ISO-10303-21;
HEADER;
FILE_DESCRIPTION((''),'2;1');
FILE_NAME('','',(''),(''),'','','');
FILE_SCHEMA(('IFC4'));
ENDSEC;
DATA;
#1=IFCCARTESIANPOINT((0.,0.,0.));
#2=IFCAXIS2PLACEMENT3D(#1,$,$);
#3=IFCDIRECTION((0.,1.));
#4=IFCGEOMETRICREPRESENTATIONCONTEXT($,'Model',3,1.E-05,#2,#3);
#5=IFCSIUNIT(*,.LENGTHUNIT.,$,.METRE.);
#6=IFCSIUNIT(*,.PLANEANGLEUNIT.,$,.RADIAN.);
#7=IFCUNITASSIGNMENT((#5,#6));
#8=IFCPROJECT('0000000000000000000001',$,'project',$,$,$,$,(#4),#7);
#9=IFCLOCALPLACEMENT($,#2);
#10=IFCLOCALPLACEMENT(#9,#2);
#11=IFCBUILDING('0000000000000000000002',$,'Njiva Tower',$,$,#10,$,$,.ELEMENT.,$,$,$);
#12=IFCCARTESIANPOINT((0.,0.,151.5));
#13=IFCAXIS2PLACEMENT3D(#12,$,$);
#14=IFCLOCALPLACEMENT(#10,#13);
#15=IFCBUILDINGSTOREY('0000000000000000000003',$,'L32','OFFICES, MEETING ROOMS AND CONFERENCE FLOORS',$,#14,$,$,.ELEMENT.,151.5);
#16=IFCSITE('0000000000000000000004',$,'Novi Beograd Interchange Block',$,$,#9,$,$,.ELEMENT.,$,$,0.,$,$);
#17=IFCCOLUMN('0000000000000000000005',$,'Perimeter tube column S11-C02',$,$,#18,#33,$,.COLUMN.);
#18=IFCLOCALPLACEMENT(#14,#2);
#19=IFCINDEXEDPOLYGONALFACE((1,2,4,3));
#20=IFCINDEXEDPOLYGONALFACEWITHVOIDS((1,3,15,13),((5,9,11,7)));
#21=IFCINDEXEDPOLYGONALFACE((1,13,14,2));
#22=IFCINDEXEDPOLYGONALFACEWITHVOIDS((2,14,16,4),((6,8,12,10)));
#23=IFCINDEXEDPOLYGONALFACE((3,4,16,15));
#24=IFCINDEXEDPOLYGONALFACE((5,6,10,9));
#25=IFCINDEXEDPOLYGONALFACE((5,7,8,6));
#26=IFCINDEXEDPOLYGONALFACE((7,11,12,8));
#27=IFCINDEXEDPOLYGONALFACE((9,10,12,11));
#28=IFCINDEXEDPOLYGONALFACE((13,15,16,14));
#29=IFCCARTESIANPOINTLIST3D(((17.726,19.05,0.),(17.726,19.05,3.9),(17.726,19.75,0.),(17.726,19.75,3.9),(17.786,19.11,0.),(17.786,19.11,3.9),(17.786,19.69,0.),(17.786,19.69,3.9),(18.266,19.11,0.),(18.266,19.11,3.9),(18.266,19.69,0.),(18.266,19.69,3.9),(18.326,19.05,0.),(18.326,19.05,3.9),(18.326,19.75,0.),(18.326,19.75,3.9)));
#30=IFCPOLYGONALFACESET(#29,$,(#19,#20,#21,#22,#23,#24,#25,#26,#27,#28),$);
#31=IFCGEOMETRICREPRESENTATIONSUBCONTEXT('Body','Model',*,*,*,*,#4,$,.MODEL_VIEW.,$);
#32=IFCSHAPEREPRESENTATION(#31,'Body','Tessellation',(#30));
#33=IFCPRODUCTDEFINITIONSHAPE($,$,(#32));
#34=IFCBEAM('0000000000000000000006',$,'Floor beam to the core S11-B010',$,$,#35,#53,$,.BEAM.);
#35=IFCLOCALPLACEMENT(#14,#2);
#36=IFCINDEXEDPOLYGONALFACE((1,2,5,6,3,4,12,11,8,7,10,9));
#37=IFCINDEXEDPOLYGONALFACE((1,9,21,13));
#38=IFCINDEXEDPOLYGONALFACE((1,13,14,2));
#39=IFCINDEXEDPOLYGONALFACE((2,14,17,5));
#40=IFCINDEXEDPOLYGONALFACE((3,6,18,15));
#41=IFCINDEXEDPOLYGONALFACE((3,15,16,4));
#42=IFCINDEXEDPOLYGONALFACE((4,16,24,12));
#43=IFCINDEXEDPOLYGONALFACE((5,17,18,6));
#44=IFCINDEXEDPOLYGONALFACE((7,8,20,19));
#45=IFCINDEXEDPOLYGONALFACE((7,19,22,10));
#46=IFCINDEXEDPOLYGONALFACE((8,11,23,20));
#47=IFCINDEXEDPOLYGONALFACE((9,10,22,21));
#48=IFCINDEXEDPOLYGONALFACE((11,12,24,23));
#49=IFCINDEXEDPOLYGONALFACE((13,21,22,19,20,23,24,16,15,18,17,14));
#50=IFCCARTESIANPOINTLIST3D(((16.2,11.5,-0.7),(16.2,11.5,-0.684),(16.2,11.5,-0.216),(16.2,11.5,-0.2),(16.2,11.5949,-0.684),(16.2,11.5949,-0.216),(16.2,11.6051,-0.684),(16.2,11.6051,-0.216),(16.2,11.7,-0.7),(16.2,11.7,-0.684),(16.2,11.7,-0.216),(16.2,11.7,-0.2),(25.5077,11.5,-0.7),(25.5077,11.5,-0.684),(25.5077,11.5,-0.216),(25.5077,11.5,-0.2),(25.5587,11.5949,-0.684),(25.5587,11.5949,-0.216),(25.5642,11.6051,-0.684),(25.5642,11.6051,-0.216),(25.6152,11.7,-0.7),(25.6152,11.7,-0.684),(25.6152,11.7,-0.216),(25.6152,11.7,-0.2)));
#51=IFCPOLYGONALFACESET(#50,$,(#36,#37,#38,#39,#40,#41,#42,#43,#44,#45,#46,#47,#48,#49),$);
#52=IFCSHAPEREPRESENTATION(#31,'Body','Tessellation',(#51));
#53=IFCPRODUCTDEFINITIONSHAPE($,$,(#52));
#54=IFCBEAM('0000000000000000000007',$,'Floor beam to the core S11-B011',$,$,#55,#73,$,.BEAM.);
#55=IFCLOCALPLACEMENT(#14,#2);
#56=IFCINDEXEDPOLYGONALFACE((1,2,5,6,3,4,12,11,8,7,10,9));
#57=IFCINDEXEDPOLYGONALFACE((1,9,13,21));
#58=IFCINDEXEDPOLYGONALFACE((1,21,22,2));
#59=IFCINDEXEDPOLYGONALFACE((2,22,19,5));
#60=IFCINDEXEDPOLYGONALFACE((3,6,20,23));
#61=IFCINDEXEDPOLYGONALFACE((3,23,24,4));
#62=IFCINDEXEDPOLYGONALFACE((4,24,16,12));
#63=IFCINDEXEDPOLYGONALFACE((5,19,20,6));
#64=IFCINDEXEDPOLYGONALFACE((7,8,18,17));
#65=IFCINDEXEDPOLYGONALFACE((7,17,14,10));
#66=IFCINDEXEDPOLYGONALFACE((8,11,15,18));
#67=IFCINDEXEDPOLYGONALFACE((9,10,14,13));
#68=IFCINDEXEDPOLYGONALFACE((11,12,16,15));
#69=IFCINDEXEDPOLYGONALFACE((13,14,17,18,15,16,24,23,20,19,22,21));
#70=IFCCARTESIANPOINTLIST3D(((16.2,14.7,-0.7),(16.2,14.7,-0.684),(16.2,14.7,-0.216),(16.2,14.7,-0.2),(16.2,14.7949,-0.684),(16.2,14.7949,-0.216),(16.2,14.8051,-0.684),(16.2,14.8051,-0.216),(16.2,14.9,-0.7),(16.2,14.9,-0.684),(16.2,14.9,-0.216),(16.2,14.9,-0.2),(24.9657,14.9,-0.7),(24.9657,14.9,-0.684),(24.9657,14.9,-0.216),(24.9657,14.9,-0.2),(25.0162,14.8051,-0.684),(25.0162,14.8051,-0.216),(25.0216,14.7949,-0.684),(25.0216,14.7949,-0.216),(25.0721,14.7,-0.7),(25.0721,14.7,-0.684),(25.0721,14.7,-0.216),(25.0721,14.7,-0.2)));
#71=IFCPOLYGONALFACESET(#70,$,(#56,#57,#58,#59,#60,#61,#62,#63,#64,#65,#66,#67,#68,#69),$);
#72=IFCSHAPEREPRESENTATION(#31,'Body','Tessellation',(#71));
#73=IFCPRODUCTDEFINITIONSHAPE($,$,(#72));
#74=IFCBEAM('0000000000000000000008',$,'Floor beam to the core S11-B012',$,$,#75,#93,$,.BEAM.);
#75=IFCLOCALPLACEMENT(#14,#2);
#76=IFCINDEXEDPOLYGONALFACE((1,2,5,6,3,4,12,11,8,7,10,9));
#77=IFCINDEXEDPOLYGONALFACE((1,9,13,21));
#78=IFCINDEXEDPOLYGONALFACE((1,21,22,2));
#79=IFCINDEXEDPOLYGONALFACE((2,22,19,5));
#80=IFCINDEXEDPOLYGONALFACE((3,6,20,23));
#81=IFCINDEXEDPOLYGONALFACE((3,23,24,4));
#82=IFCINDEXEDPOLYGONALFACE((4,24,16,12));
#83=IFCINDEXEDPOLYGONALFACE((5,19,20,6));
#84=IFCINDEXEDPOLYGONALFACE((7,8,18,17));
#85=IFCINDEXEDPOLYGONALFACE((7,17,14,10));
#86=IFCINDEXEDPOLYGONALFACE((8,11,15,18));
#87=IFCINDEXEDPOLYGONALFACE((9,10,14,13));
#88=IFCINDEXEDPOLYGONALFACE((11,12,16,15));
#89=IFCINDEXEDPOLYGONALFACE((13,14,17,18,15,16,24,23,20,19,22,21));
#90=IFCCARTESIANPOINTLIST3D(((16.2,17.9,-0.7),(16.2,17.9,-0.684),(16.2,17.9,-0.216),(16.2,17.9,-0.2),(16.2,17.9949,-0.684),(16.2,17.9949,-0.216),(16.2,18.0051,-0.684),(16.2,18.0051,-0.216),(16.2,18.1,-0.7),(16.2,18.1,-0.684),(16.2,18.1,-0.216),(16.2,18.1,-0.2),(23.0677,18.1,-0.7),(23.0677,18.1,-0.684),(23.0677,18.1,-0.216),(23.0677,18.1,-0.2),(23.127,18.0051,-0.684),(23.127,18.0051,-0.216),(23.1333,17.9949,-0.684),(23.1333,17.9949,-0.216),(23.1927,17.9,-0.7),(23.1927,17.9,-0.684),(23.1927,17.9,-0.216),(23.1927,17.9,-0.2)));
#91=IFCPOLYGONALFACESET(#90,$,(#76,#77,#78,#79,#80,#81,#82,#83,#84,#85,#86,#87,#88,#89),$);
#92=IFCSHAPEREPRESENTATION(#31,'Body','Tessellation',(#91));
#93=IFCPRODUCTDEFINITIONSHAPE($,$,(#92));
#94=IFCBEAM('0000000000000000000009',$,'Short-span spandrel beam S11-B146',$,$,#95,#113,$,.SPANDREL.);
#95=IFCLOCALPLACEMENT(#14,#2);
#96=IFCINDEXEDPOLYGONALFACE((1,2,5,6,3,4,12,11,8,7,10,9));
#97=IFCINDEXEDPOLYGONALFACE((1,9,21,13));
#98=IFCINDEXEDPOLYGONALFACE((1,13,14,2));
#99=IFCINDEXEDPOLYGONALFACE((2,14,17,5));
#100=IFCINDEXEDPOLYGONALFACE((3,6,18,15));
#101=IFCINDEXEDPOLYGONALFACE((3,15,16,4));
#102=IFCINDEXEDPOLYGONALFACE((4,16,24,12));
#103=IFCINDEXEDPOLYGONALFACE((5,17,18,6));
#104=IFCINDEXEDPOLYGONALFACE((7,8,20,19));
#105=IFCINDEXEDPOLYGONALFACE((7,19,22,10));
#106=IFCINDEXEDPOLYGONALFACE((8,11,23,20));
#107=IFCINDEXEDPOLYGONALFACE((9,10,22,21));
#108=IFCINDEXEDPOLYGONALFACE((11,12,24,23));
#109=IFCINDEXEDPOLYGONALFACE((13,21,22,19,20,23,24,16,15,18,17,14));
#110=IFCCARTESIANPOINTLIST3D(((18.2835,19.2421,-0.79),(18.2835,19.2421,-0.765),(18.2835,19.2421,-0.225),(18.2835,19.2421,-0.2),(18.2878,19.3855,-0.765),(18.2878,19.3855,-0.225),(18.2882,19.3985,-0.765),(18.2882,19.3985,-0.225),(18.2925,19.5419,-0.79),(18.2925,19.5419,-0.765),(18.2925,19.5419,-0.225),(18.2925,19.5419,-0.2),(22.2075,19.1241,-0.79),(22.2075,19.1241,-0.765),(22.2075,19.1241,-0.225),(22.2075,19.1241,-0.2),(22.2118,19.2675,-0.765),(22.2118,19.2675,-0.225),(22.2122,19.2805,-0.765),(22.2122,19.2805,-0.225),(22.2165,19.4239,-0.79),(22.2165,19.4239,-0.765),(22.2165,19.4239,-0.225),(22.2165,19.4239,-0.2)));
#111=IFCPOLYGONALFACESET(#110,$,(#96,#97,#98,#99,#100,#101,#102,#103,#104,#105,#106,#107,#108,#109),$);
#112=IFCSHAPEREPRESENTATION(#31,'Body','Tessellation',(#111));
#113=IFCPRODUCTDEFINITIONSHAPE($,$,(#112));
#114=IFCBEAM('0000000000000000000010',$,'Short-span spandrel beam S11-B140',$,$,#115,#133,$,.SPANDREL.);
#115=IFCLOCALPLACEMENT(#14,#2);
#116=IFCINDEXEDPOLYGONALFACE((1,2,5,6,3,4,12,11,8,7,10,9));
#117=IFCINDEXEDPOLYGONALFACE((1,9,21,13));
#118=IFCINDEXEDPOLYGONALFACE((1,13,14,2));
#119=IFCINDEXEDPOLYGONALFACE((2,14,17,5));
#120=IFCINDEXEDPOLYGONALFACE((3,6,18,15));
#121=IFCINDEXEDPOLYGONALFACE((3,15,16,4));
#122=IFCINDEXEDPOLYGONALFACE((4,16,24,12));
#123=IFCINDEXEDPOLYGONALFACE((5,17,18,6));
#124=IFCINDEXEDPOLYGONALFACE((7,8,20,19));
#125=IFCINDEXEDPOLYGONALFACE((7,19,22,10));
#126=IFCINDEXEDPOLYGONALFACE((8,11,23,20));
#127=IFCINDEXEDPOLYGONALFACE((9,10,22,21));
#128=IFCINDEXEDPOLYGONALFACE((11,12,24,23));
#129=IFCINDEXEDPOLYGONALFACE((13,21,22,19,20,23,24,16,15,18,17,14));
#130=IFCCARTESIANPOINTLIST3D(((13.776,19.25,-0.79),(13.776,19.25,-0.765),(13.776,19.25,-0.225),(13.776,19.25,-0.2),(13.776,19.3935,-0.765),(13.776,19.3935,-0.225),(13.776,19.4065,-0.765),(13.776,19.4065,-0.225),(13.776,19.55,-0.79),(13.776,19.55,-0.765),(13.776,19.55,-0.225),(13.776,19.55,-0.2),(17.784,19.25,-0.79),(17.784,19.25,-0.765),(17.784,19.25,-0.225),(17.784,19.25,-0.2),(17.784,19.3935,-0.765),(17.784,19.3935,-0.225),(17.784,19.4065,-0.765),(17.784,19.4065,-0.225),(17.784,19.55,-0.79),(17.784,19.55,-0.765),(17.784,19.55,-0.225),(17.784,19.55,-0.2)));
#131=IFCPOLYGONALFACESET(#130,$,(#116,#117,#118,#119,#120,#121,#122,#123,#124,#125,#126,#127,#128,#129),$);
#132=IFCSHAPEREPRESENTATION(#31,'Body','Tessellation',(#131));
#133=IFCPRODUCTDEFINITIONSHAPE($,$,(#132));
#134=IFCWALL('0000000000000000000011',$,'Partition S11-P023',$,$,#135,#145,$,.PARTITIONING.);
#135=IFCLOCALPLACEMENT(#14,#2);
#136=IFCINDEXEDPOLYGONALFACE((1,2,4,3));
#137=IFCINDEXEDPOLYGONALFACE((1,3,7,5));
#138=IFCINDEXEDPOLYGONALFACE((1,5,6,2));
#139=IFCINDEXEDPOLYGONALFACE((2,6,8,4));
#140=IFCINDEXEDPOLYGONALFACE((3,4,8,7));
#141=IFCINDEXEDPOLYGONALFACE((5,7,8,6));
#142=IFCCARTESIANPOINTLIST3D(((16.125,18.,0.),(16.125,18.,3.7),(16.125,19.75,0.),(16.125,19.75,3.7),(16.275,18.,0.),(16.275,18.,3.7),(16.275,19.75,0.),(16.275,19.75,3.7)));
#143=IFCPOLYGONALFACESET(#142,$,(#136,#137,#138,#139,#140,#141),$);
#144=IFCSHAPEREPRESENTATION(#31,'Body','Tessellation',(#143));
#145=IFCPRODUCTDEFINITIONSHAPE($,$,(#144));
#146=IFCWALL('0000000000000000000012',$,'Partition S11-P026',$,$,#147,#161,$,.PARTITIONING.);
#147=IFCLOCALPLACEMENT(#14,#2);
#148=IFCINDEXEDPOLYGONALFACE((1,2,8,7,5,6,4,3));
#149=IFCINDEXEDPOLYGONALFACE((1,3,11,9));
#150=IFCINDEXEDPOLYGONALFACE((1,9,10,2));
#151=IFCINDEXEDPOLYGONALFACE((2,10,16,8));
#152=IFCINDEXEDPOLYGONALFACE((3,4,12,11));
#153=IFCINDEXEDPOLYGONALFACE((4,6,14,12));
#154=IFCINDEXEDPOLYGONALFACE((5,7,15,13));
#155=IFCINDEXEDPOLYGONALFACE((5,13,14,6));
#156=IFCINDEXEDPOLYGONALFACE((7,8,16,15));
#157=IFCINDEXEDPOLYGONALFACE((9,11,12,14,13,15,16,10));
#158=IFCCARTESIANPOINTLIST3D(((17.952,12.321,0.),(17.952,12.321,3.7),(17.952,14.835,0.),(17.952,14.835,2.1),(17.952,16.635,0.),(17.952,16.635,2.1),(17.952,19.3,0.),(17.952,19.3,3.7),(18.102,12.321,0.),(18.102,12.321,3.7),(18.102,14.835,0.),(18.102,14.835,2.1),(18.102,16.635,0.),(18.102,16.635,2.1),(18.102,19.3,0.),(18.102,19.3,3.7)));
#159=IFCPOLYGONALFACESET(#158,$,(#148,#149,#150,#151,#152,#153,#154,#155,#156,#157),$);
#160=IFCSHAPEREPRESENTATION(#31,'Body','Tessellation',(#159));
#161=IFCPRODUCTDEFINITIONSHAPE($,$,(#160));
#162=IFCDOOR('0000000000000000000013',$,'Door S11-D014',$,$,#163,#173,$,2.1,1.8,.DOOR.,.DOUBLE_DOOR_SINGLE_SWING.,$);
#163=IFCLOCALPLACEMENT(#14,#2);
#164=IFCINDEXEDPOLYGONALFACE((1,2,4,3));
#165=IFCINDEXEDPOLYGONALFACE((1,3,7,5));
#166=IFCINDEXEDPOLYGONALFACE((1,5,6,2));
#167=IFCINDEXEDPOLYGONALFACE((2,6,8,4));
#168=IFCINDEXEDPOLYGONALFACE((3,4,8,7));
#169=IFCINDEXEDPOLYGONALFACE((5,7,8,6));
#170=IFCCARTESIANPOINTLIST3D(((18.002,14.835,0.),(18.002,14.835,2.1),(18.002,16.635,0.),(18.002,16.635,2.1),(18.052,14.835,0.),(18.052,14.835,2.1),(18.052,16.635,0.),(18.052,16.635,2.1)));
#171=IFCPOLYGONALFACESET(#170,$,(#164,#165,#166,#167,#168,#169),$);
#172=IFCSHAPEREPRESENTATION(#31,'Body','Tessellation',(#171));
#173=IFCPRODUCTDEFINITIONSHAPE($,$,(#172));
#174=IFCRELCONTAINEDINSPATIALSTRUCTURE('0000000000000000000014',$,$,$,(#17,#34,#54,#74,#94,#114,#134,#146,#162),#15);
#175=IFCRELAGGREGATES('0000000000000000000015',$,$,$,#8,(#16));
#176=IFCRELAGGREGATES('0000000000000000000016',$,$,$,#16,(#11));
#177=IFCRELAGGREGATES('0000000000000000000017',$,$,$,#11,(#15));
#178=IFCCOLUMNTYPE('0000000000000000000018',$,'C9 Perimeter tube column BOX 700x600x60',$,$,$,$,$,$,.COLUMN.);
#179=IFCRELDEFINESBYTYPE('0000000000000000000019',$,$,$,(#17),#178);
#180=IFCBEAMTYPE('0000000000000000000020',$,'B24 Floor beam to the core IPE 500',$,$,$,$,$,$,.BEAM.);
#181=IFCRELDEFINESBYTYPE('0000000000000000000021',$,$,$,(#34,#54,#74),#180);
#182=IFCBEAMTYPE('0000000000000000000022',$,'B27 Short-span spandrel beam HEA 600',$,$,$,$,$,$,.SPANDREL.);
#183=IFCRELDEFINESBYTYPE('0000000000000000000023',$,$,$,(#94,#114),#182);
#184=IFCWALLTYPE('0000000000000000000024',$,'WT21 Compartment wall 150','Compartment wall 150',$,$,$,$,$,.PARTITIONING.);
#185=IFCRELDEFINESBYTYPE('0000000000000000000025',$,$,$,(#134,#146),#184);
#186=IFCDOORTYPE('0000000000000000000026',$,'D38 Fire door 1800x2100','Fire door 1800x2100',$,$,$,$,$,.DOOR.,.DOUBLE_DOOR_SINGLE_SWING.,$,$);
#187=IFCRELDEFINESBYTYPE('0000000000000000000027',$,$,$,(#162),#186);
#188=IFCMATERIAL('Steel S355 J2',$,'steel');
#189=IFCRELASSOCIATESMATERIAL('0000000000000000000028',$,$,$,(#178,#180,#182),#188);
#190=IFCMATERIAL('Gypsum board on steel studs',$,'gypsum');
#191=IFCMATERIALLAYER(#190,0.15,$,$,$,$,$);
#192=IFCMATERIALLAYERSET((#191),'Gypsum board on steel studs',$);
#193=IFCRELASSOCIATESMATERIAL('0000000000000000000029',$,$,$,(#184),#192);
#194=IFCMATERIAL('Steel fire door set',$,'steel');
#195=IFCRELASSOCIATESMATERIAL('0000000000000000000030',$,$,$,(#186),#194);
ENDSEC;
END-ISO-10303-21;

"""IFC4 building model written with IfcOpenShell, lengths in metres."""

from ifc_helpers import new_model, si_unit, direction, frame, frame_2d, origin, origin_2d, place, context, subcontext, project, spatial, rectangle, hollow_rectangle, i_section, extrude, clip, halfspace, material, layer, layer_set, material_profile, profile_set, type_object, element, fill, save


model = new_model("IFC4")

# Units and contexts
model_context = context("Model", 3, precision=1e-05, world=origin(), true_north=direction((0.0, 1.0)))
body_context = subcontext(model_context, "Body", "Model", "MODEL_VIEW")
ifc_project = project(units=[si_unit("LENGTHUNIT", "METRE"), si_unit("PLANEANGLEUNIT", "RADIAN")], contexts=[model_context])

# Site, building, storey
site_placement = place(None, origin())
site = spatial("IfcSite", under=ifc_project, at=site_placement, Name="Novi Beograd Interchange Block", CompositionType="ELEMENT", RefElevation=0.0)
building_placement = place(site_placement, origin())
building = spatial("IfcBuilding", under=site, at=building_placement, Name="Njiva Tower", CompositionType="ELEMENT")
storey_placement = place(building_placement, frame((0.0, 0.0, 151.5)))
storey = spatial("IfcBuildingStorey", under=building, at=storey_placement, Name="L32", Description="OFFICES, MEETING ROOMS AND CONFERENCE FLOORS", CompositionType="ELEMENT", Elevation=151.5)

# Column
ifc_material_1 = material(Name="Steel S355 J2", Category="steel")
ifc_material_profile_1 = material_profile(ifc_material_1, hollow_rectangle(XDim=0.6, YDim=0.7, WallThickness=0.06, at=origin_2d()), Name="BOX 700x600x60")
ifc_profile_set_1 = profile_set([ifc_material_profile_1], Name="Steel S355 J2")
column_type = type_object("IfcColumnType", Name="C9 Perimeter tube column BOX 700x600x60", PredefinedType="COLUMN", material=ifc_profile_set_1)
column_placement = place(storey_placement, frame((18.026, 19.4, 0.0), z_axis=(0.0, 0.0, 1.0), x_axis=(-1.0, 0.0, 0.0)))
element("IfcColumn", 1, at=column_placement, inside=storey, type_object=column_type, Name="Perimeter tube column S11-C02", PredefinedType="COLUMN", context=body_context, shape_type="SweptSolid", body=[
    extrude(hollow_rectangle(XDim=0.6, YDim=0.7, WallThickness=0.06, at=origin_2d()), origin(), (0.0, 0.0, 1.0), 3.9),
])

# Beams
ifc_material_profile_2 = material_profile(ifc_material_1, i_section(OverallWidth=0.2, OverallDepth=0.5, WebThickness=0.0102, FlangeThickness=0.016, at=origin_2d()), Name="IPE 500")
ifc_profile_set_2 = profile_set([ifc_material_profile_2], Name="Steel S355 J2")
beam_type_1 = type_object("IfcBeamType", Name="B24 Floor beam to the core IPE 500", PredefinedType="BEAM", material=ifc_profile_set_2)
beam_1_placement = place(storey_placement, frame((16.2, 11.6, -0.45), z_axis=(1.0, 0.0, 0.0), x_axis=(0.0, 1.0, 0.0)))
element("IfcBeam", 2, at=beam_1_placement, inside=storey, type_object=beam_type_1, Name="Floor beam to the core S11-B010", PredefinedType="BEAM", context=body_context, shape_type="Clipping", body=[
    clip(extrude(i_section(OverallWidth=0.2, OverallDepth=0.5, WebThickness=0.0102, FlangeThickness=0.016, at=origin_2d()), origin(), (0.0, 0.0, 1.0), 9.435), halfspace(frame((-0.0237, 0.0, 9.3487), z_axis=(-0.473762, 0.0, 0.880653), x_axis=(0.0, 1.0, 0.0)), False)),
])
beam_2_placement = place(storey_placement, frame((16.2, 14.8, -0.45), z_axis=(1.0, 0.0, 0.0), x_axis=(0.0, 1.0, 0.0)))
element("IfcBeam", 3, at=beam_2_placement, inside=storey, type_object=beam_type_1, Name="Floor beam to the core S11-B011", PredefinedType="BEAM", context=body_context, shape_type="Clipping", body=[
    clip(extrude(i_section(OverallWidth=0.2, OverallDepth=0.5, WebThickness=0.0102, FlangeThickness=0.016, at=origin_2d()), origin(), (0.0, 0.0, 1.0), 8.892), halfspace(frame((0.0235, 0.0, 8.8064), z_axis=(0.46939, 0.0, 0.882991), x_axis=(0.0, 1.0, 0.0)), False)),
])
beam_3_placement = place(storey_placement, frame((16.2, 18.0, -0.45), z_axis=(1.0, 0.0, 0.0), x_axis=(0.0, 1.0, 0.0)))
element("IfcBeam", 4, at=beam_3_placement, inside=storey, type_object=beam_type_1, Name="Floor beam to the core S11-B012", PredefinedType="BEAM", context=body_context, shape_type="Clipping", body=[
    clip(extrude(i_section(OverallWidth=0.2, OverallDepth=0.5, WebThickness=0.0102, FlangeThickness=0.016, at=origin_2d()), origin(), (0.0, 0.0, 1.0), 7.013), halfspace(frame((0.0265, 0.0, 6.9136), z_axis=(0.529999, 0.0, 0.847998), x_axis=(0.0, 1.0, 0.0)), False)),
])
ifc_material_profile_3 = material_profile(ifc_material_1, i_section(OverallWidth=0.3, OverallDepth=0.59, WebThickness=0.013, FlangeThickness=0.025, at=origin_2d()), Name="HEA 600")
ifc_profile_set_3 = profile_set([ifc_material_profile_3], Name="Steel S355 J2")
beam_type_2 = type_object("IfcBeamType", Name="B27 Short-span spandrel beam HEA 600", PredefinedType="SPANDREL", material=ifc_profile_set_3)
beam_4_placement = place(storey_placement, frame((22.212, 19.274, -0.495), z_axis=(-0.999548, 0.030058, 0.0), x_axis=(-0.030058, -0.999548, 0.0)))
element("IfcBeam", 5, at=beam_4_placement, inside=storey, type_object=beam_type_2, Name="Short-span spandrel beam S11-B146", PredefinedType="SPANDREL", context=body_context, shape_type="SweptSolid", body=[
    extrude(i_section(OverallWidth=0.3, OverallDepth=0.59, WebThickness=0.013, FlangeThickness=0.025, at=origin_2d()), origin(), (0.0, 0.0, 1.0), 3.9258),
])
beam_5_placement = place(storey_placement, frame((17.784, 19.4, -0.495), z_axis=(-1.0, 0.0, 0.0), x_axis=(0.0, -1.0, 0.0)))
element("IfcBeam", 6, at=beam_5_placement, inside=storey, type_object=beam_type_2, Name="Short-span spandrel beam S11-B140", PredefinedType="SPANDREL", context=body_context, shape_type="SweptSolid", body=[
    extrude(i_section(OverallWidth=0.3, OverallDepth=0.59, WebThickness=0.013, FlangeThickness=0.025, at=origin_2d()), origin(), (0.0, 0.0, 1.0), 4.008),
])

# Wall
ifc_material_2 = material(Name="Gypsum board on steel studs", Category="gypsum")
ifc_layer = layer(ifc_material_2, 0.15)
ifc_layer_set = layer_set([ifc_layer], Name="Gypsum board on steel studs")
wall_type = type_object("IfcWallType", Name="WT21 Compartment wall 150", Description="Compartment wall 150", PredefinedType="PARTITIONING", material=ifc_layer_set)
wall_1_placement = place(storey_placement, frame((16.2, 18.0, 0.0), z_axis=(0.0, 0.0, 1.0), x_axis=(0.0, 1.0, 0.0)))
element("IfcWall", 7, at=wall_1_placement, inside=storey, type_object=wall_type, Name="Partition S11-P023", PredefinedType="PARTITIONING", context=body_context, shape_type="SweptSolid", body=[
    extrude(rectangle(XDim=1.75, YDim=0.15, at=frame_2d((0.875, 0.0))), origin(), (0.0, 0.0, 1.0), 3.7),
])

# Wall, opening, door
wall_2_placement = place(storey_placement, frame((18.027, 12.321, 0.0), z_axis=(0.0, 0.0, 1.0), x_axis=(0.0, 1.0, 0.0)))
wall_2 = element("IfcWall", 8, at=wall_2_placement, inside=storey, type_object=wall_type, Name="Partition S11-P026", PredefinedType="PARTITIONING", context=body_context, shape_type="SweptSolid", body=[
    extrude(rectangle(XDim=6.979, YDim=0.15, at=frame_2d((3.4895, 0.0))), origin(), (0.0, 0.0, 1.0), 3.7),
])
opening_placement = place(wall_2_placement, frame((2.514, 0.0, 0.0)))
opening = element("IfcOpeningElement", 9, at=opening_placement, cuts=wall_2, PredefinedType="OPENING", context=body_context, shape_type="SweptSolid", body=[
    extrude(rectangle(XDim=1.8, YDim=2.1, at=frame_2d((0.9, 1.05))), frame((0.0, 0.085, 0.0), z_axis=(0.0, -1.0, 0.0), x_axis=(1.0, 0.0, 0.0)), (0.0, 0.0, 1.0), 0.17),
])
ifc_material_3 = material(Name="Steel fire door set", Category="steel")
door_type = type_object("IfcDoorType", Name="D38 Fire door 1800x2100", Description="Fire door 1800x2100", OperationType="DOUBLE_DOOR_SINGLE_SWING", PredefinedType="DOOR", material=ifc_material_3)
door_placement = place(opening_placement, origin())
door = element("IfcDoor", 10, at=door_placement, inside=storey, type_object=door_type, Name="Door S11-D014", OperationType="DOUBLE_DOOR_SINGLE_SWING", OverallHeight=2.1, OverallWidth=1.8, PredefinedType="DOOR", context=body_context, shape_type="SweptSolid", body=[
    extrude(rectangle(XDim=1.8, YDim=2.1, at=frame_2d((0.9, 1.05))), frame((0.0, 0.025, 0.0), z_axis=(0.0, -1.0, 0.0), x_axis=(1.0, 0.0, 0.0)), (0.0, 0.0, 1.0), 0.05),
])
fill(opening, door)

save(model, "model.ifc")
